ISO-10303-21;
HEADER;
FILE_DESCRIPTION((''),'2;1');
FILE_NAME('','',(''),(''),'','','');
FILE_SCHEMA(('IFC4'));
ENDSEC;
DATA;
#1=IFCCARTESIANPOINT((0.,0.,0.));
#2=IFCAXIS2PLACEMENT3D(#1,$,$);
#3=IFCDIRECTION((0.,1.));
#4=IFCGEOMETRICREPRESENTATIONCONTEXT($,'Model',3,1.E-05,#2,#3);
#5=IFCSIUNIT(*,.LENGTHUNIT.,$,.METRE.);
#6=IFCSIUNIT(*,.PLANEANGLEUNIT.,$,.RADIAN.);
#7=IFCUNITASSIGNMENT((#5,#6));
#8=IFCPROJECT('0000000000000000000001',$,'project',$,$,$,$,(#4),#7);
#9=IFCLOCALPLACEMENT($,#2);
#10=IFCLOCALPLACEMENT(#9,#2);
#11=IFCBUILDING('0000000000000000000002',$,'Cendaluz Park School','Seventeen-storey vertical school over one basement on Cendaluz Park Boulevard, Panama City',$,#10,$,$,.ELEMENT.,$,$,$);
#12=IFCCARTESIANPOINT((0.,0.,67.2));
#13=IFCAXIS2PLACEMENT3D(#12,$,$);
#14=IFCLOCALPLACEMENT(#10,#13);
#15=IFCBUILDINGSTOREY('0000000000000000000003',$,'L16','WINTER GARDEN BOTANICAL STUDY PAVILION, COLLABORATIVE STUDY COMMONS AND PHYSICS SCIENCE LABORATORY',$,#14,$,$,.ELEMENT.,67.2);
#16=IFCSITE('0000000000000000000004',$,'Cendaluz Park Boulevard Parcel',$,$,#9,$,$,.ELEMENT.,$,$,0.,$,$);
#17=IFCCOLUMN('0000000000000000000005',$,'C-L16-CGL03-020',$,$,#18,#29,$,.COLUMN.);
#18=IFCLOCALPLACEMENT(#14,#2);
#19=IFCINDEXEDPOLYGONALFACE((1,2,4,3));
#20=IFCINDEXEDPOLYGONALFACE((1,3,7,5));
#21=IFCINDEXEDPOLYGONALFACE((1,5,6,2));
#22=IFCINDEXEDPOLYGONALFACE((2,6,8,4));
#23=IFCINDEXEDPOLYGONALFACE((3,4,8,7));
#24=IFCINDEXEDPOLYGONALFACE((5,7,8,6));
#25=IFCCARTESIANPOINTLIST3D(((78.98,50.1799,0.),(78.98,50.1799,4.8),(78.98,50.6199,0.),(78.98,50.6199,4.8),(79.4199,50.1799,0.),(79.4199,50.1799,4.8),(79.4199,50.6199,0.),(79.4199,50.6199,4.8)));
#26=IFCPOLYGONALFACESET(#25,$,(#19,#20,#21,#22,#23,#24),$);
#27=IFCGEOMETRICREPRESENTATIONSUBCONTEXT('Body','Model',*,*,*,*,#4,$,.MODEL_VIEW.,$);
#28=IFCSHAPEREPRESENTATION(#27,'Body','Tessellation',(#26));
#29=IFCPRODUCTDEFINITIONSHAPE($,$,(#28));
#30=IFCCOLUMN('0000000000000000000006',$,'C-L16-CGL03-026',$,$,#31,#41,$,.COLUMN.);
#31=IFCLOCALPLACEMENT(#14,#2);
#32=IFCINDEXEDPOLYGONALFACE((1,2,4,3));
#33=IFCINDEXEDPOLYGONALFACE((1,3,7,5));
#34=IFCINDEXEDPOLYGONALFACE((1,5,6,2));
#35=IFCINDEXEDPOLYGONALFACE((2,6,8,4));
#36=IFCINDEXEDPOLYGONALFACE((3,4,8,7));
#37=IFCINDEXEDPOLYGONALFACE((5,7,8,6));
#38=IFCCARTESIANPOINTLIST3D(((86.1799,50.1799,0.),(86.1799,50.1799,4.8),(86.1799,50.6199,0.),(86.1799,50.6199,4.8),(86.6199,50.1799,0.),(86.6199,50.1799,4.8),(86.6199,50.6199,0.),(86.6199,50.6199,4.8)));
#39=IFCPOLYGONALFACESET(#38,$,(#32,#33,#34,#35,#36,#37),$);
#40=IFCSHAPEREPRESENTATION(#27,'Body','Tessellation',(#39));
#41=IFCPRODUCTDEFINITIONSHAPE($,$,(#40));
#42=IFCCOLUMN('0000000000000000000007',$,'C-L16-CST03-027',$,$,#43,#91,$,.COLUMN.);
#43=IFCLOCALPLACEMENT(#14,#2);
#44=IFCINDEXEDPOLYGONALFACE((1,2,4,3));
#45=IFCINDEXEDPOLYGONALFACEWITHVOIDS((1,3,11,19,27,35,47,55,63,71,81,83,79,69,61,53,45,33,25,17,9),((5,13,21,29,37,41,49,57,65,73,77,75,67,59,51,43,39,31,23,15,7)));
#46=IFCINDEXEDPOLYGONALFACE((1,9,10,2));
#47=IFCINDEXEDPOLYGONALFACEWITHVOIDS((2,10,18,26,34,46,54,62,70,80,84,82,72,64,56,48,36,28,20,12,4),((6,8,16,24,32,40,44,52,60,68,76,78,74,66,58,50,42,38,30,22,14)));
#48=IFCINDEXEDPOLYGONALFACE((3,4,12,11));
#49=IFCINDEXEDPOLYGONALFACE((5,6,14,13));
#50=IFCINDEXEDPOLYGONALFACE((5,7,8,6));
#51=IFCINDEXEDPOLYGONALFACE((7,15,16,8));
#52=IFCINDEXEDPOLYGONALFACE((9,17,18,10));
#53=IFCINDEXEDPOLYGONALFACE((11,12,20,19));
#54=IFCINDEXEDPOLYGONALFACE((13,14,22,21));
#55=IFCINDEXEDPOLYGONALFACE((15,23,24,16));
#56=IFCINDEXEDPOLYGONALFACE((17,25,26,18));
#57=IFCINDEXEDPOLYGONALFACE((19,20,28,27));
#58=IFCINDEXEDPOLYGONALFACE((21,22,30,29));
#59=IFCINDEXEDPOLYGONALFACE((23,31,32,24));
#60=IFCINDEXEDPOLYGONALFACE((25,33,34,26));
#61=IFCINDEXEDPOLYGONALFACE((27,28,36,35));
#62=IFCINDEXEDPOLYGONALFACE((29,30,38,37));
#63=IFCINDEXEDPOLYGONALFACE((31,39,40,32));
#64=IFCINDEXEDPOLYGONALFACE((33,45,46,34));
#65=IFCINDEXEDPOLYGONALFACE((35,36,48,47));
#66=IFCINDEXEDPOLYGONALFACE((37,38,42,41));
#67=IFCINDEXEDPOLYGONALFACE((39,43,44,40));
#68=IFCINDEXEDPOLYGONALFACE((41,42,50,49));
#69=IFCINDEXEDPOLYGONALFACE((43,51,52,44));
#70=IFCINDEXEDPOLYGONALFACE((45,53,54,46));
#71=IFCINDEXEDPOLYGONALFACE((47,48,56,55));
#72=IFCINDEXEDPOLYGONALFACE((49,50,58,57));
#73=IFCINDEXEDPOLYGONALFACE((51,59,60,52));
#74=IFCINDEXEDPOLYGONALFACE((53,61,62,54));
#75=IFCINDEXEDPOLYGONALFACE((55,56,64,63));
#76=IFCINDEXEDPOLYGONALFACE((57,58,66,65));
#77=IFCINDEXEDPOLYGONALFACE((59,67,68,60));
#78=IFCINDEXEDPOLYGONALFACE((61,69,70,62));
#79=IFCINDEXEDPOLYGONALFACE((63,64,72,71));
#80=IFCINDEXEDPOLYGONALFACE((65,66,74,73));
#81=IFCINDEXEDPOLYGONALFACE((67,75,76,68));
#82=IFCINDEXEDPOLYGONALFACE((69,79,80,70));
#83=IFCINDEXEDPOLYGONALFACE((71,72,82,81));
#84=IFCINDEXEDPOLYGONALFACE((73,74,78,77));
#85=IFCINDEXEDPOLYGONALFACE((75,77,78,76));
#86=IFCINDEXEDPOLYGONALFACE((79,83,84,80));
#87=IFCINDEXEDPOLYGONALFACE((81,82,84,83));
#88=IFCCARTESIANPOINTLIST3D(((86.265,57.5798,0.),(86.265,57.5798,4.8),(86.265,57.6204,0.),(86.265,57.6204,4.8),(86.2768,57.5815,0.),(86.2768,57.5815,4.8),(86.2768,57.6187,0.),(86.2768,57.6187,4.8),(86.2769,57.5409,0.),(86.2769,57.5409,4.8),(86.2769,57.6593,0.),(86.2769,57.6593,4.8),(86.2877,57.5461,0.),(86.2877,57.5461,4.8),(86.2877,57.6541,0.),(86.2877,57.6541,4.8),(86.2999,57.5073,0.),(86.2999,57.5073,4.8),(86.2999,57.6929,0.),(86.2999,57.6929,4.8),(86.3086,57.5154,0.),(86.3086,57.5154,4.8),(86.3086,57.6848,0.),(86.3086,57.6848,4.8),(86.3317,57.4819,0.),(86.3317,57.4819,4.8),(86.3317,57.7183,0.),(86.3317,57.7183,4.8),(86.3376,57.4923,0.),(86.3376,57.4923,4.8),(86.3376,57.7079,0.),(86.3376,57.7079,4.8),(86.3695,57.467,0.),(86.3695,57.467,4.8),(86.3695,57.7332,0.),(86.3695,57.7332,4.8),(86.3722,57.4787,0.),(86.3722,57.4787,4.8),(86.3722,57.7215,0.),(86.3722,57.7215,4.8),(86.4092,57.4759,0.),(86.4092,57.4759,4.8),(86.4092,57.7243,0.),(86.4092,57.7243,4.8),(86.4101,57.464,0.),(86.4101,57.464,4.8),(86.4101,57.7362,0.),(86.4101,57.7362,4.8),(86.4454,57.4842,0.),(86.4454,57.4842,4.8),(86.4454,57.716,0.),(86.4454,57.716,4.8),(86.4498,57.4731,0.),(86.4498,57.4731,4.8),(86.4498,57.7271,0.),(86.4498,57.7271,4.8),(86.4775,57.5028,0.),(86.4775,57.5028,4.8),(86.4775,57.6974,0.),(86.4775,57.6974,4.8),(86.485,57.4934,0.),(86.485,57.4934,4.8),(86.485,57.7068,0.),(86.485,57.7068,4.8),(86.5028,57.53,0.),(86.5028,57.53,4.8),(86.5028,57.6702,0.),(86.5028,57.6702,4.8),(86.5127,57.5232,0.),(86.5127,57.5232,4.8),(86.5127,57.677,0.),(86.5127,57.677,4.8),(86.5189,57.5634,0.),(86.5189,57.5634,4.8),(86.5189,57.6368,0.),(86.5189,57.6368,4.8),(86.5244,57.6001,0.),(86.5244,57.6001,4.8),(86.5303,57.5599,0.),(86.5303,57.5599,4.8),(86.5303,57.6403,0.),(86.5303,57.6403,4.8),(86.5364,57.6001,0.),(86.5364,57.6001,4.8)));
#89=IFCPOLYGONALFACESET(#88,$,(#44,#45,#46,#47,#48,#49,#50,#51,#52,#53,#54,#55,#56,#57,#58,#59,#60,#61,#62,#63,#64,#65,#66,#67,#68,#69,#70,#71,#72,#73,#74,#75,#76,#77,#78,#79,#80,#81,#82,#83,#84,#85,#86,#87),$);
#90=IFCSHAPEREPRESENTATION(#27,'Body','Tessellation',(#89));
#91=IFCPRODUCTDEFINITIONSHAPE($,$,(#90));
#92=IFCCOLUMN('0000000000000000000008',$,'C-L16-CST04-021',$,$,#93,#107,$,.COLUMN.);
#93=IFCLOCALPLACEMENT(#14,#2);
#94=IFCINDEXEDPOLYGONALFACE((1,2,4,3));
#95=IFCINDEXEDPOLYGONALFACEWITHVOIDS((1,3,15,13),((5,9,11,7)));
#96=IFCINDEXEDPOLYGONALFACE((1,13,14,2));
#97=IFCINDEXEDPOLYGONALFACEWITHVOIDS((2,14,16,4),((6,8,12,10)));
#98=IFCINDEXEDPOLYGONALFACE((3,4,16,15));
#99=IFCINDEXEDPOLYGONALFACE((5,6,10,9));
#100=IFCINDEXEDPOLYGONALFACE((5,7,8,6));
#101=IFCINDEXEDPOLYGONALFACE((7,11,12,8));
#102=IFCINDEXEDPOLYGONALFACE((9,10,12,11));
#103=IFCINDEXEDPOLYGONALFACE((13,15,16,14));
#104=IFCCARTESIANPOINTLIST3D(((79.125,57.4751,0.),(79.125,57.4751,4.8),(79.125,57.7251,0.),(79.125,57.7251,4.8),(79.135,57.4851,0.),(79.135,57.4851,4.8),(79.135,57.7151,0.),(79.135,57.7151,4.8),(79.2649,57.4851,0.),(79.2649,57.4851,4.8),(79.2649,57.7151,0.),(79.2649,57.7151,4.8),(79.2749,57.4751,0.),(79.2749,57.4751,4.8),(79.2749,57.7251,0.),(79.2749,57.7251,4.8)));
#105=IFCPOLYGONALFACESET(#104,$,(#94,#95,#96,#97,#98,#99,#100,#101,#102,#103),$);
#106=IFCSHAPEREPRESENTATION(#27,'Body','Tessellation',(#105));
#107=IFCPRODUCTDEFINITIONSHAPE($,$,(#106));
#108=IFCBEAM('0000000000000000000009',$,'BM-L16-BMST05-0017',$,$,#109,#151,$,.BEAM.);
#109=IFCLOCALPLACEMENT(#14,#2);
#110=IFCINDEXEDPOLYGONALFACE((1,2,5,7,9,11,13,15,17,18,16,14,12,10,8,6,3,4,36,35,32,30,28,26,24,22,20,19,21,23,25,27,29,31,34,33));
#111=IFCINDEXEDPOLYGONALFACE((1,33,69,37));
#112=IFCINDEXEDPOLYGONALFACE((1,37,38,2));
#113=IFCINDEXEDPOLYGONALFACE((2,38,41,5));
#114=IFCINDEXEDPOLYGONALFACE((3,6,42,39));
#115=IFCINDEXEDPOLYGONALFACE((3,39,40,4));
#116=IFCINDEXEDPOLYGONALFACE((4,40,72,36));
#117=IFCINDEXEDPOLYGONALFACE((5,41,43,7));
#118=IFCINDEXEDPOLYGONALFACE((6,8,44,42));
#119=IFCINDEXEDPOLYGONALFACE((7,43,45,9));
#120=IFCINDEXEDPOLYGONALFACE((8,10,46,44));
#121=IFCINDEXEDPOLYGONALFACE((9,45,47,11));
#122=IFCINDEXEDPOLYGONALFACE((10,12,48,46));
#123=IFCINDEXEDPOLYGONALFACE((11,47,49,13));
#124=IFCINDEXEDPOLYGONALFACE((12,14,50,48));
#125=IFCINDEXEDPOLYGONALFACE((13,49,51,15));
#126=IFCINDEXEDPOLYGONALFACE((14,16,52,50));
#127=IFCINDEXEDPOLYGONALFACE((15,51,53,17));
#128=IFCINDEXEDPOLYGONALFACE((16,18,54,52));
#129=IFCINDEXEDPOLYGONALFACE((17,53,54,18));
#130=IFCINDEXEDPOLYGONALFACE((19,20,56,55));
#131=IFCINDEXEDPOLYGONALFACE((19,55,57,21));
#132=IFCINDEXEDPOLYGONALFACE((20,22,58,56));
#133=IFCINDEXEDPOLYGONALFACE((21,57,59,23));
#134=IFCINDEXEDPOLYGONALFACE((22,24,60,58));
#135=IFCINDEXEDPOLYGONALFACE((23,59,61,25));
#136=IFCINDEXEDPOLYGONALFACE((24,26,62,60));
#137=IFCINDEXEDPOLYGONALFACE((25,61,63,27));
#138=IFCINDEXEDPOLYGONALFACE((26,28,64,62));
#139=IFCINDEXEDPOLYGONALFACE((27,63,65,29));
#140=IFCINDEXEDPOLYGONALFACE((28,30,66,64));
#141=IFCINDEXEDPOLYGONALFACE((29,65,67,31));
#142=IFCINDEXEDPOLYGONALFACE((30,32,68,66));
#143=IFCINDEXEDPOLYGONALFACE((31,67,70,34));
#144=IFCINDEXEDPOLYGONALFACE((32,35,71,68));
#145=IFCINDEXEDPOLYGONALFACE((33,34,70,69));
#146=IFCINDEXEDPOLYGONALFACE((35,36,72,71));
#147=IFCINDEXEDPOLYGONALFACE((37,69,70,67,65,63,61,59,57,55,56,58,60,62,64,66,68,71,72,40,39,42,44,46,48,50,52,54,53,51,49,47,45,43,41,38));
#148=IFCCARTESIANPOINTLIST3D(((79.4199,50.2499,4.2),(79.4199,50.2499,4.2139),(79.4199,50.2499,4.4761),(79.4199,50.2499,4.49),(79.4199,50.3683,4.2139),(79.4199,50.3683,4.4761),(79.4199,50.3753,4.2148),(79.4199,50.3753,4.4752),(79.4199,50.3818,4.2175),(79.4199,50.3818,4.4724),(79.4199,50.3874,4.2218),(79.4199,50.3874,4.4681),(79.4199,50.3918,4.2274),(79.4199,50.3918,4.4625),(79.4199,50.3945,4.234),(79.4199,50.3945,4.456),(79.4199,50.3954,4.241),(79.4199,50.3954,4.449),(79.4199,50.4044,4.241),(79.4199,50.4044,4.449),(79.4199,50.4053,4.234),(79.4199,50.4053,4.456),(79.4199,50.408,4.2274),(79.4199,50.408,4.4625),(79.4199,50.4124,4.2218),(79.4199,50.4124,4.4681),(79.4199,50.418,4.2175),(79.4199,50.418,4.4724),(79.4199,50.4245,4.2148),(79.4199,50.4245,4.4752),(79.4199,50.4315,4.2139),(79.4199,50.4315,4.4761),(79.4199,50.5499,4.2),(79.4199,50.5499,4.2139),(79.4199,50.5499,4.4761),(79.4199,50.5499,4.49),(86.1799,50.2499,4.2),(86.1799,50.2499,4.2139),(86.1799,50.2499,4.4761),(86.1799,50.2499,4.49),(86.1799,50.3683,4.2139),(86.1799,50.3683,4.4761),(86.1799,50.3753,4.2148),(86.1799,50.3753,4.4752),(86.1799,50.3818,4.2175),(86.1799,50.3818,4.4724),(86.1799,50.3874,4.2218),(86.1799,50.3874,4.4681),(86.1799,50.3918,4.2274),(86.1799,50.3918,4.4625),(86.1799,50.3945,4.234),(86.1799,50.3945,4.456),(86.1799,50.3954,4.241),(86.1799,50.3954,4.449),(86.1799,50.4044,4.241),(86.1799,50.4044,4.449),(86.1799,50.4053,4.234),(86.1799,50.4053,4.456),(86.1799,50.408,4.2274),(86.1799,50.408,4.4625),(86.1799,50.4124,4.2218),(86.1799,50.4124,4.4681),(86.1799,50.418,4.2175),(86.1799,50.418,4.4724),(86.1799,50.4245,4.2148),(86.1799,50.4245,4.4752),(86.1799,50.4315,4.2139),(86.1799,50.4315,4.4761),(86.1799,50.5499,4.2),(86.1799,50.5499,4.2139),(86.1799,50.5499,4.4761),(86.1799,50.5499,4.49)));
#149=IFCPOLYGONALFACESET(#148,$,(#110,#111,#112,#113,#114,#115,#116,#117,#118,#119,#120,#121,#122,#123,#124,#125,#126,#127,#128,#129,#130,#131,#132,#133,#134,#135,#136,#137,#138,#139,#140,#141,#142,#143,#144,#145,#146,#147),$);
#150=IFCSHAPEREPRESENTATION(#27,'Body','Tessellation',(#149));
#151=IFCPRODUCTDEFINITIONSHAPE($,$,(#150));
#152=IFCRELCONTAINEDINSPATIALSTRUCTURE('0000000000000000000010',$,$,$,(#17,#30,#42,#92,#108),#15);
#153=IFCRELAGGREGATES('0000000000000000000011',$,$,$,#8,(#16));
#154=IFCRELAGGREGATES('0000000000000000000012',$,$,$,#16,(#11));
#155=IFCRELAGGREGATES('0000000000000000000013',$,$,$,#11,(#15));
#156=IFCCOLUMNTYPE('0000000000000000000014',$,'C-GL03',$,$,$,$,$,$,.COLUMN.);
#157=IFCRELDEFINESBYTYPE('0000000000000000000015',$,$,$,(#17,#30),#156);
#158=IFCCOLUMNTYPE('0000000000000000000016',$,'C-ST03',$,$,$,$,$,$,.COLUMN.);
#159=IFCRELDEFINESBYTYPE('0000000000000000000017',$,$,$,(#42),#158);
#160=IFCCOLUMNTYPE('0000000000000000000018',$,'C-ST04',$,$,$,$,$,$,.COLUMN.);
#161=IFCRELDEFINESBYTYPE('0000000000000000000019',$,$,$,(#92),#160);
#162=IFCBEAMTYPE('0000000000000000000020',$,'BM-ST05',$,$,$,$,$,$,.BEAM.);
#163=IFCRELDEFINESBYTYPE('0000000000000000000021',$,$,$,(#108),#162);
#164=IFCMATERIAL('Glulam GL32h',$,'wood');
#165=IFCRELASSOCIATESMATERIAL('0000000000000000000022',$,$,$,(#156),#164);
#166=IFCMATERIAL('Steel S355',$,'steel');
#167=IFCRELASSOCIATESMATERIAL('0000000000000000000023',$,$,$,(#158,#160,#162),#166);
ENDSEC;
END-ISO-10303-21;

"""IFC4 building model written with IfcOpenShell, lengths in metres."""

from ifc_helpers import new_model, si_unit, direction, frame, origin, origin_2d, place, context, subcontext, project, spatial, rectangle, hollow_rectangle, hollow_circle, i_section, extrude, material, material_profile, profile_set, type_object, element, save


model = new_model("IFC4")

# Units and contexts
model_context = context("Model", 3, precision=1e-05, world=origin(), true_north=direction((0.0, 1.0)))
body_context = subcontext(model_context, "Body", "Model", "MODEL_VIEW")
ifc_project = project(units=[si_unit("LENGTHUNIT", "METRE"), si_unit("PLANEANGLEUNIT", "RADIAN")], contexts=[model_context])

# Site, building, storey
site_placement = place(None, origin())
site = spatial("IfcSite", under=ifc_project, at=site_placement, Name="Cendaluz Park Boulevard Parcel", CompositionType="ELEMENT", RefElevation=0.0)
building_placement = place(site_placement, origin())
building = spatial("IfcBuilding", under=site, at=building_placement, Name="Cendaluz Park School", Description="Seventeen-storey vertical school over one basement on Cendaluz Park Boulevard, Panama City", CompositionType="ELEMENT")
storey_placement = place(building_placement, frame((0.0, 0.0, 67.2)))
storey = spatial("IfcBuildingStorey", under=building, at=storey_placement, Name="L16", Description="WINTER GARDEN BOTANICAL STUDY PAVILION, COLLABORATIVE STUDY COMMONS AND PHYSICS SCIENCE LABORATORY", CompositionType="ELEMENT", Elevation=67.2)

# Columns
ifc_material_1 = material(Name="Glulam GL32h", Category="wood")
ifc_material_profile_1 = material_profile(ifc_material_1, rectangle(XDim=0.4399, YDim=0.4399, at=origin_2d()), Name="GL32h 440x440", Category="wood")
ifc_profile_set_1 = profile_set([ifc_material_profile_1], Name="Glulam GL32h")
column_type_1 = type_object("IfcColumnType", Name="C-GL03", PredefinedType="COLUMN", material=ifc_profile_set_1)
for number, where, z_axis, x_axis, name in (
    (1, (79.2, 50.3999, 0.0), (0.0, 0.0, 1.0), (1.0, 0.0, 0.0), "C-L16-CGL03-020"),
    (2, (86.3999, 50.3999, 0.0), (0.0, 0.0, 1.0), (1.0, 0.0, 0.0), "C-L16-CGL03-026"),
):
    element("IfcColumn", number, at=place(storey_placement, frame(where, z_axis=z_axis, x_axis=x_axis)), inside=storey, type_object=column_type_1, Name=name, PredefinedType="COLUMN", context=body_context, shape_type="SweptSolid", body=[
        extrude(rectangle(XDim=0.4399, YDim=0.4399, at=origin_2d()), origin(), (0.0, 0.0, 1.0), 4.8),
    ])
ifc_material_2 = material(Name="Steel S355", Category="steel")
ifc_material_profile_2 = material_profile(ifc_material_2, hollow_circle(Radius=0.1365, WallThickness=0.012, at=origin_2d()), Name="CHS 273x12", Category="steel")
ifc_profile_set_2 = profile_set([ifc_material_profile_2], Name="Steel S355")
column_type_2 = type_object("IfcColumnType", Name="C-ST03", PredefinedType="COLUMN", material=ifc_profile_set_2)
column_1_placement = place(storey_placement, frame((86.3999, 57.6001, 0.0), z_axis=(0.0, 0.0, 1.0), x_axis=(1.0, 0.0, 0.0)))
element("IfcColumn", 3, at=column_1_placement, inside=storey, type_object=column_type_2, Name="C-L16-CST03-027", PredefinedType="COLUMN", context=body_context, shape_type="SweptSolid", body=[
    extrude(hollow_circle(Radius=0.1365, WallThickness=0.012, at=origin_2d()), origin(), (0.0, 0.0, 1.0), 4.8),
])
ifc_material_profile_3 = material_profile(ifc_material_2, hollow_rectangle(XDim=0.1499, YDim=0.25, WallThickness=0.01, at=origin_2d()), Name="RHS 250x150x10", Category="steel")
ifc_profile_set_3 = profile_set([ifc_material_profile_3], Name="Steel S355")
column_type_3 = type_object("IfcColumnType", Name="C-ST04", PredefinedType="COLUMN", material=ifc_profile_set_3)
column_2_placement = place(storey_placement, frame((79.2, 57.6001, 0.0), z_axis=(0.0, 0.0, 1.0), x_axis=(1.0, 0.0, 0.0)))
element("IfcColumn", 4, at=column_2_placement, inside=storey, type_object=column_type_3, Name="C-L16-CST04-021", PredefinedType="COLUMN", context=body_context, shape_type="SweptSolid", body=[
    extrude(hollow_rectangle(XDim=0.1499, YDim=0.25, WallThickness=0.01, at=origin_2d()), origin(), (0.0, 0.0, 1.0), 4.8),
])

# Beam
ifc_material_profile_4 = material_profile(ifc_material_2, i_section(OverallWidth=0.3, OverallDepth=0.29, WebThickness=0.009, FlangeThickness=0.0139, FilletRadius=0.0271, at=origin_2d()), Name="HEA 300", Category="steel")
ifc_profile_set_4 = profile_set([ifc_material_profile_4], Name="Steel S355")
beam_type_1 = type_object("IfcBeamType", Name="BM-ST05", PredefinedType="BEAM", material=ifc_profile_set_4)
beam_1_placement = place(storey_placement, frame((79.4199, 50.3999, 4.345), z_axis=(1.0, 0.0, 0.0), x_axis=(0.0, 1.0, 0.0)))
element("IfcBeam", 5, at=beam_1_placement, inside=storey, type_object=beam_type_1, Name="BM-L16-BMST05-0017", PredefinedType="BEAM", context=body_context, shape_type="SweptSolid", body=[
    extrude(i_section(OverallWidth=0.3, OverallDepth=0.29, WebThickness=0.009, FlangeThickness=0.0139, FilletRadius=0.0271, at=origin_2d()), origin(), (0.0, 0.0, 1.0), 6.76),
])

save(model, "model.ifc")
